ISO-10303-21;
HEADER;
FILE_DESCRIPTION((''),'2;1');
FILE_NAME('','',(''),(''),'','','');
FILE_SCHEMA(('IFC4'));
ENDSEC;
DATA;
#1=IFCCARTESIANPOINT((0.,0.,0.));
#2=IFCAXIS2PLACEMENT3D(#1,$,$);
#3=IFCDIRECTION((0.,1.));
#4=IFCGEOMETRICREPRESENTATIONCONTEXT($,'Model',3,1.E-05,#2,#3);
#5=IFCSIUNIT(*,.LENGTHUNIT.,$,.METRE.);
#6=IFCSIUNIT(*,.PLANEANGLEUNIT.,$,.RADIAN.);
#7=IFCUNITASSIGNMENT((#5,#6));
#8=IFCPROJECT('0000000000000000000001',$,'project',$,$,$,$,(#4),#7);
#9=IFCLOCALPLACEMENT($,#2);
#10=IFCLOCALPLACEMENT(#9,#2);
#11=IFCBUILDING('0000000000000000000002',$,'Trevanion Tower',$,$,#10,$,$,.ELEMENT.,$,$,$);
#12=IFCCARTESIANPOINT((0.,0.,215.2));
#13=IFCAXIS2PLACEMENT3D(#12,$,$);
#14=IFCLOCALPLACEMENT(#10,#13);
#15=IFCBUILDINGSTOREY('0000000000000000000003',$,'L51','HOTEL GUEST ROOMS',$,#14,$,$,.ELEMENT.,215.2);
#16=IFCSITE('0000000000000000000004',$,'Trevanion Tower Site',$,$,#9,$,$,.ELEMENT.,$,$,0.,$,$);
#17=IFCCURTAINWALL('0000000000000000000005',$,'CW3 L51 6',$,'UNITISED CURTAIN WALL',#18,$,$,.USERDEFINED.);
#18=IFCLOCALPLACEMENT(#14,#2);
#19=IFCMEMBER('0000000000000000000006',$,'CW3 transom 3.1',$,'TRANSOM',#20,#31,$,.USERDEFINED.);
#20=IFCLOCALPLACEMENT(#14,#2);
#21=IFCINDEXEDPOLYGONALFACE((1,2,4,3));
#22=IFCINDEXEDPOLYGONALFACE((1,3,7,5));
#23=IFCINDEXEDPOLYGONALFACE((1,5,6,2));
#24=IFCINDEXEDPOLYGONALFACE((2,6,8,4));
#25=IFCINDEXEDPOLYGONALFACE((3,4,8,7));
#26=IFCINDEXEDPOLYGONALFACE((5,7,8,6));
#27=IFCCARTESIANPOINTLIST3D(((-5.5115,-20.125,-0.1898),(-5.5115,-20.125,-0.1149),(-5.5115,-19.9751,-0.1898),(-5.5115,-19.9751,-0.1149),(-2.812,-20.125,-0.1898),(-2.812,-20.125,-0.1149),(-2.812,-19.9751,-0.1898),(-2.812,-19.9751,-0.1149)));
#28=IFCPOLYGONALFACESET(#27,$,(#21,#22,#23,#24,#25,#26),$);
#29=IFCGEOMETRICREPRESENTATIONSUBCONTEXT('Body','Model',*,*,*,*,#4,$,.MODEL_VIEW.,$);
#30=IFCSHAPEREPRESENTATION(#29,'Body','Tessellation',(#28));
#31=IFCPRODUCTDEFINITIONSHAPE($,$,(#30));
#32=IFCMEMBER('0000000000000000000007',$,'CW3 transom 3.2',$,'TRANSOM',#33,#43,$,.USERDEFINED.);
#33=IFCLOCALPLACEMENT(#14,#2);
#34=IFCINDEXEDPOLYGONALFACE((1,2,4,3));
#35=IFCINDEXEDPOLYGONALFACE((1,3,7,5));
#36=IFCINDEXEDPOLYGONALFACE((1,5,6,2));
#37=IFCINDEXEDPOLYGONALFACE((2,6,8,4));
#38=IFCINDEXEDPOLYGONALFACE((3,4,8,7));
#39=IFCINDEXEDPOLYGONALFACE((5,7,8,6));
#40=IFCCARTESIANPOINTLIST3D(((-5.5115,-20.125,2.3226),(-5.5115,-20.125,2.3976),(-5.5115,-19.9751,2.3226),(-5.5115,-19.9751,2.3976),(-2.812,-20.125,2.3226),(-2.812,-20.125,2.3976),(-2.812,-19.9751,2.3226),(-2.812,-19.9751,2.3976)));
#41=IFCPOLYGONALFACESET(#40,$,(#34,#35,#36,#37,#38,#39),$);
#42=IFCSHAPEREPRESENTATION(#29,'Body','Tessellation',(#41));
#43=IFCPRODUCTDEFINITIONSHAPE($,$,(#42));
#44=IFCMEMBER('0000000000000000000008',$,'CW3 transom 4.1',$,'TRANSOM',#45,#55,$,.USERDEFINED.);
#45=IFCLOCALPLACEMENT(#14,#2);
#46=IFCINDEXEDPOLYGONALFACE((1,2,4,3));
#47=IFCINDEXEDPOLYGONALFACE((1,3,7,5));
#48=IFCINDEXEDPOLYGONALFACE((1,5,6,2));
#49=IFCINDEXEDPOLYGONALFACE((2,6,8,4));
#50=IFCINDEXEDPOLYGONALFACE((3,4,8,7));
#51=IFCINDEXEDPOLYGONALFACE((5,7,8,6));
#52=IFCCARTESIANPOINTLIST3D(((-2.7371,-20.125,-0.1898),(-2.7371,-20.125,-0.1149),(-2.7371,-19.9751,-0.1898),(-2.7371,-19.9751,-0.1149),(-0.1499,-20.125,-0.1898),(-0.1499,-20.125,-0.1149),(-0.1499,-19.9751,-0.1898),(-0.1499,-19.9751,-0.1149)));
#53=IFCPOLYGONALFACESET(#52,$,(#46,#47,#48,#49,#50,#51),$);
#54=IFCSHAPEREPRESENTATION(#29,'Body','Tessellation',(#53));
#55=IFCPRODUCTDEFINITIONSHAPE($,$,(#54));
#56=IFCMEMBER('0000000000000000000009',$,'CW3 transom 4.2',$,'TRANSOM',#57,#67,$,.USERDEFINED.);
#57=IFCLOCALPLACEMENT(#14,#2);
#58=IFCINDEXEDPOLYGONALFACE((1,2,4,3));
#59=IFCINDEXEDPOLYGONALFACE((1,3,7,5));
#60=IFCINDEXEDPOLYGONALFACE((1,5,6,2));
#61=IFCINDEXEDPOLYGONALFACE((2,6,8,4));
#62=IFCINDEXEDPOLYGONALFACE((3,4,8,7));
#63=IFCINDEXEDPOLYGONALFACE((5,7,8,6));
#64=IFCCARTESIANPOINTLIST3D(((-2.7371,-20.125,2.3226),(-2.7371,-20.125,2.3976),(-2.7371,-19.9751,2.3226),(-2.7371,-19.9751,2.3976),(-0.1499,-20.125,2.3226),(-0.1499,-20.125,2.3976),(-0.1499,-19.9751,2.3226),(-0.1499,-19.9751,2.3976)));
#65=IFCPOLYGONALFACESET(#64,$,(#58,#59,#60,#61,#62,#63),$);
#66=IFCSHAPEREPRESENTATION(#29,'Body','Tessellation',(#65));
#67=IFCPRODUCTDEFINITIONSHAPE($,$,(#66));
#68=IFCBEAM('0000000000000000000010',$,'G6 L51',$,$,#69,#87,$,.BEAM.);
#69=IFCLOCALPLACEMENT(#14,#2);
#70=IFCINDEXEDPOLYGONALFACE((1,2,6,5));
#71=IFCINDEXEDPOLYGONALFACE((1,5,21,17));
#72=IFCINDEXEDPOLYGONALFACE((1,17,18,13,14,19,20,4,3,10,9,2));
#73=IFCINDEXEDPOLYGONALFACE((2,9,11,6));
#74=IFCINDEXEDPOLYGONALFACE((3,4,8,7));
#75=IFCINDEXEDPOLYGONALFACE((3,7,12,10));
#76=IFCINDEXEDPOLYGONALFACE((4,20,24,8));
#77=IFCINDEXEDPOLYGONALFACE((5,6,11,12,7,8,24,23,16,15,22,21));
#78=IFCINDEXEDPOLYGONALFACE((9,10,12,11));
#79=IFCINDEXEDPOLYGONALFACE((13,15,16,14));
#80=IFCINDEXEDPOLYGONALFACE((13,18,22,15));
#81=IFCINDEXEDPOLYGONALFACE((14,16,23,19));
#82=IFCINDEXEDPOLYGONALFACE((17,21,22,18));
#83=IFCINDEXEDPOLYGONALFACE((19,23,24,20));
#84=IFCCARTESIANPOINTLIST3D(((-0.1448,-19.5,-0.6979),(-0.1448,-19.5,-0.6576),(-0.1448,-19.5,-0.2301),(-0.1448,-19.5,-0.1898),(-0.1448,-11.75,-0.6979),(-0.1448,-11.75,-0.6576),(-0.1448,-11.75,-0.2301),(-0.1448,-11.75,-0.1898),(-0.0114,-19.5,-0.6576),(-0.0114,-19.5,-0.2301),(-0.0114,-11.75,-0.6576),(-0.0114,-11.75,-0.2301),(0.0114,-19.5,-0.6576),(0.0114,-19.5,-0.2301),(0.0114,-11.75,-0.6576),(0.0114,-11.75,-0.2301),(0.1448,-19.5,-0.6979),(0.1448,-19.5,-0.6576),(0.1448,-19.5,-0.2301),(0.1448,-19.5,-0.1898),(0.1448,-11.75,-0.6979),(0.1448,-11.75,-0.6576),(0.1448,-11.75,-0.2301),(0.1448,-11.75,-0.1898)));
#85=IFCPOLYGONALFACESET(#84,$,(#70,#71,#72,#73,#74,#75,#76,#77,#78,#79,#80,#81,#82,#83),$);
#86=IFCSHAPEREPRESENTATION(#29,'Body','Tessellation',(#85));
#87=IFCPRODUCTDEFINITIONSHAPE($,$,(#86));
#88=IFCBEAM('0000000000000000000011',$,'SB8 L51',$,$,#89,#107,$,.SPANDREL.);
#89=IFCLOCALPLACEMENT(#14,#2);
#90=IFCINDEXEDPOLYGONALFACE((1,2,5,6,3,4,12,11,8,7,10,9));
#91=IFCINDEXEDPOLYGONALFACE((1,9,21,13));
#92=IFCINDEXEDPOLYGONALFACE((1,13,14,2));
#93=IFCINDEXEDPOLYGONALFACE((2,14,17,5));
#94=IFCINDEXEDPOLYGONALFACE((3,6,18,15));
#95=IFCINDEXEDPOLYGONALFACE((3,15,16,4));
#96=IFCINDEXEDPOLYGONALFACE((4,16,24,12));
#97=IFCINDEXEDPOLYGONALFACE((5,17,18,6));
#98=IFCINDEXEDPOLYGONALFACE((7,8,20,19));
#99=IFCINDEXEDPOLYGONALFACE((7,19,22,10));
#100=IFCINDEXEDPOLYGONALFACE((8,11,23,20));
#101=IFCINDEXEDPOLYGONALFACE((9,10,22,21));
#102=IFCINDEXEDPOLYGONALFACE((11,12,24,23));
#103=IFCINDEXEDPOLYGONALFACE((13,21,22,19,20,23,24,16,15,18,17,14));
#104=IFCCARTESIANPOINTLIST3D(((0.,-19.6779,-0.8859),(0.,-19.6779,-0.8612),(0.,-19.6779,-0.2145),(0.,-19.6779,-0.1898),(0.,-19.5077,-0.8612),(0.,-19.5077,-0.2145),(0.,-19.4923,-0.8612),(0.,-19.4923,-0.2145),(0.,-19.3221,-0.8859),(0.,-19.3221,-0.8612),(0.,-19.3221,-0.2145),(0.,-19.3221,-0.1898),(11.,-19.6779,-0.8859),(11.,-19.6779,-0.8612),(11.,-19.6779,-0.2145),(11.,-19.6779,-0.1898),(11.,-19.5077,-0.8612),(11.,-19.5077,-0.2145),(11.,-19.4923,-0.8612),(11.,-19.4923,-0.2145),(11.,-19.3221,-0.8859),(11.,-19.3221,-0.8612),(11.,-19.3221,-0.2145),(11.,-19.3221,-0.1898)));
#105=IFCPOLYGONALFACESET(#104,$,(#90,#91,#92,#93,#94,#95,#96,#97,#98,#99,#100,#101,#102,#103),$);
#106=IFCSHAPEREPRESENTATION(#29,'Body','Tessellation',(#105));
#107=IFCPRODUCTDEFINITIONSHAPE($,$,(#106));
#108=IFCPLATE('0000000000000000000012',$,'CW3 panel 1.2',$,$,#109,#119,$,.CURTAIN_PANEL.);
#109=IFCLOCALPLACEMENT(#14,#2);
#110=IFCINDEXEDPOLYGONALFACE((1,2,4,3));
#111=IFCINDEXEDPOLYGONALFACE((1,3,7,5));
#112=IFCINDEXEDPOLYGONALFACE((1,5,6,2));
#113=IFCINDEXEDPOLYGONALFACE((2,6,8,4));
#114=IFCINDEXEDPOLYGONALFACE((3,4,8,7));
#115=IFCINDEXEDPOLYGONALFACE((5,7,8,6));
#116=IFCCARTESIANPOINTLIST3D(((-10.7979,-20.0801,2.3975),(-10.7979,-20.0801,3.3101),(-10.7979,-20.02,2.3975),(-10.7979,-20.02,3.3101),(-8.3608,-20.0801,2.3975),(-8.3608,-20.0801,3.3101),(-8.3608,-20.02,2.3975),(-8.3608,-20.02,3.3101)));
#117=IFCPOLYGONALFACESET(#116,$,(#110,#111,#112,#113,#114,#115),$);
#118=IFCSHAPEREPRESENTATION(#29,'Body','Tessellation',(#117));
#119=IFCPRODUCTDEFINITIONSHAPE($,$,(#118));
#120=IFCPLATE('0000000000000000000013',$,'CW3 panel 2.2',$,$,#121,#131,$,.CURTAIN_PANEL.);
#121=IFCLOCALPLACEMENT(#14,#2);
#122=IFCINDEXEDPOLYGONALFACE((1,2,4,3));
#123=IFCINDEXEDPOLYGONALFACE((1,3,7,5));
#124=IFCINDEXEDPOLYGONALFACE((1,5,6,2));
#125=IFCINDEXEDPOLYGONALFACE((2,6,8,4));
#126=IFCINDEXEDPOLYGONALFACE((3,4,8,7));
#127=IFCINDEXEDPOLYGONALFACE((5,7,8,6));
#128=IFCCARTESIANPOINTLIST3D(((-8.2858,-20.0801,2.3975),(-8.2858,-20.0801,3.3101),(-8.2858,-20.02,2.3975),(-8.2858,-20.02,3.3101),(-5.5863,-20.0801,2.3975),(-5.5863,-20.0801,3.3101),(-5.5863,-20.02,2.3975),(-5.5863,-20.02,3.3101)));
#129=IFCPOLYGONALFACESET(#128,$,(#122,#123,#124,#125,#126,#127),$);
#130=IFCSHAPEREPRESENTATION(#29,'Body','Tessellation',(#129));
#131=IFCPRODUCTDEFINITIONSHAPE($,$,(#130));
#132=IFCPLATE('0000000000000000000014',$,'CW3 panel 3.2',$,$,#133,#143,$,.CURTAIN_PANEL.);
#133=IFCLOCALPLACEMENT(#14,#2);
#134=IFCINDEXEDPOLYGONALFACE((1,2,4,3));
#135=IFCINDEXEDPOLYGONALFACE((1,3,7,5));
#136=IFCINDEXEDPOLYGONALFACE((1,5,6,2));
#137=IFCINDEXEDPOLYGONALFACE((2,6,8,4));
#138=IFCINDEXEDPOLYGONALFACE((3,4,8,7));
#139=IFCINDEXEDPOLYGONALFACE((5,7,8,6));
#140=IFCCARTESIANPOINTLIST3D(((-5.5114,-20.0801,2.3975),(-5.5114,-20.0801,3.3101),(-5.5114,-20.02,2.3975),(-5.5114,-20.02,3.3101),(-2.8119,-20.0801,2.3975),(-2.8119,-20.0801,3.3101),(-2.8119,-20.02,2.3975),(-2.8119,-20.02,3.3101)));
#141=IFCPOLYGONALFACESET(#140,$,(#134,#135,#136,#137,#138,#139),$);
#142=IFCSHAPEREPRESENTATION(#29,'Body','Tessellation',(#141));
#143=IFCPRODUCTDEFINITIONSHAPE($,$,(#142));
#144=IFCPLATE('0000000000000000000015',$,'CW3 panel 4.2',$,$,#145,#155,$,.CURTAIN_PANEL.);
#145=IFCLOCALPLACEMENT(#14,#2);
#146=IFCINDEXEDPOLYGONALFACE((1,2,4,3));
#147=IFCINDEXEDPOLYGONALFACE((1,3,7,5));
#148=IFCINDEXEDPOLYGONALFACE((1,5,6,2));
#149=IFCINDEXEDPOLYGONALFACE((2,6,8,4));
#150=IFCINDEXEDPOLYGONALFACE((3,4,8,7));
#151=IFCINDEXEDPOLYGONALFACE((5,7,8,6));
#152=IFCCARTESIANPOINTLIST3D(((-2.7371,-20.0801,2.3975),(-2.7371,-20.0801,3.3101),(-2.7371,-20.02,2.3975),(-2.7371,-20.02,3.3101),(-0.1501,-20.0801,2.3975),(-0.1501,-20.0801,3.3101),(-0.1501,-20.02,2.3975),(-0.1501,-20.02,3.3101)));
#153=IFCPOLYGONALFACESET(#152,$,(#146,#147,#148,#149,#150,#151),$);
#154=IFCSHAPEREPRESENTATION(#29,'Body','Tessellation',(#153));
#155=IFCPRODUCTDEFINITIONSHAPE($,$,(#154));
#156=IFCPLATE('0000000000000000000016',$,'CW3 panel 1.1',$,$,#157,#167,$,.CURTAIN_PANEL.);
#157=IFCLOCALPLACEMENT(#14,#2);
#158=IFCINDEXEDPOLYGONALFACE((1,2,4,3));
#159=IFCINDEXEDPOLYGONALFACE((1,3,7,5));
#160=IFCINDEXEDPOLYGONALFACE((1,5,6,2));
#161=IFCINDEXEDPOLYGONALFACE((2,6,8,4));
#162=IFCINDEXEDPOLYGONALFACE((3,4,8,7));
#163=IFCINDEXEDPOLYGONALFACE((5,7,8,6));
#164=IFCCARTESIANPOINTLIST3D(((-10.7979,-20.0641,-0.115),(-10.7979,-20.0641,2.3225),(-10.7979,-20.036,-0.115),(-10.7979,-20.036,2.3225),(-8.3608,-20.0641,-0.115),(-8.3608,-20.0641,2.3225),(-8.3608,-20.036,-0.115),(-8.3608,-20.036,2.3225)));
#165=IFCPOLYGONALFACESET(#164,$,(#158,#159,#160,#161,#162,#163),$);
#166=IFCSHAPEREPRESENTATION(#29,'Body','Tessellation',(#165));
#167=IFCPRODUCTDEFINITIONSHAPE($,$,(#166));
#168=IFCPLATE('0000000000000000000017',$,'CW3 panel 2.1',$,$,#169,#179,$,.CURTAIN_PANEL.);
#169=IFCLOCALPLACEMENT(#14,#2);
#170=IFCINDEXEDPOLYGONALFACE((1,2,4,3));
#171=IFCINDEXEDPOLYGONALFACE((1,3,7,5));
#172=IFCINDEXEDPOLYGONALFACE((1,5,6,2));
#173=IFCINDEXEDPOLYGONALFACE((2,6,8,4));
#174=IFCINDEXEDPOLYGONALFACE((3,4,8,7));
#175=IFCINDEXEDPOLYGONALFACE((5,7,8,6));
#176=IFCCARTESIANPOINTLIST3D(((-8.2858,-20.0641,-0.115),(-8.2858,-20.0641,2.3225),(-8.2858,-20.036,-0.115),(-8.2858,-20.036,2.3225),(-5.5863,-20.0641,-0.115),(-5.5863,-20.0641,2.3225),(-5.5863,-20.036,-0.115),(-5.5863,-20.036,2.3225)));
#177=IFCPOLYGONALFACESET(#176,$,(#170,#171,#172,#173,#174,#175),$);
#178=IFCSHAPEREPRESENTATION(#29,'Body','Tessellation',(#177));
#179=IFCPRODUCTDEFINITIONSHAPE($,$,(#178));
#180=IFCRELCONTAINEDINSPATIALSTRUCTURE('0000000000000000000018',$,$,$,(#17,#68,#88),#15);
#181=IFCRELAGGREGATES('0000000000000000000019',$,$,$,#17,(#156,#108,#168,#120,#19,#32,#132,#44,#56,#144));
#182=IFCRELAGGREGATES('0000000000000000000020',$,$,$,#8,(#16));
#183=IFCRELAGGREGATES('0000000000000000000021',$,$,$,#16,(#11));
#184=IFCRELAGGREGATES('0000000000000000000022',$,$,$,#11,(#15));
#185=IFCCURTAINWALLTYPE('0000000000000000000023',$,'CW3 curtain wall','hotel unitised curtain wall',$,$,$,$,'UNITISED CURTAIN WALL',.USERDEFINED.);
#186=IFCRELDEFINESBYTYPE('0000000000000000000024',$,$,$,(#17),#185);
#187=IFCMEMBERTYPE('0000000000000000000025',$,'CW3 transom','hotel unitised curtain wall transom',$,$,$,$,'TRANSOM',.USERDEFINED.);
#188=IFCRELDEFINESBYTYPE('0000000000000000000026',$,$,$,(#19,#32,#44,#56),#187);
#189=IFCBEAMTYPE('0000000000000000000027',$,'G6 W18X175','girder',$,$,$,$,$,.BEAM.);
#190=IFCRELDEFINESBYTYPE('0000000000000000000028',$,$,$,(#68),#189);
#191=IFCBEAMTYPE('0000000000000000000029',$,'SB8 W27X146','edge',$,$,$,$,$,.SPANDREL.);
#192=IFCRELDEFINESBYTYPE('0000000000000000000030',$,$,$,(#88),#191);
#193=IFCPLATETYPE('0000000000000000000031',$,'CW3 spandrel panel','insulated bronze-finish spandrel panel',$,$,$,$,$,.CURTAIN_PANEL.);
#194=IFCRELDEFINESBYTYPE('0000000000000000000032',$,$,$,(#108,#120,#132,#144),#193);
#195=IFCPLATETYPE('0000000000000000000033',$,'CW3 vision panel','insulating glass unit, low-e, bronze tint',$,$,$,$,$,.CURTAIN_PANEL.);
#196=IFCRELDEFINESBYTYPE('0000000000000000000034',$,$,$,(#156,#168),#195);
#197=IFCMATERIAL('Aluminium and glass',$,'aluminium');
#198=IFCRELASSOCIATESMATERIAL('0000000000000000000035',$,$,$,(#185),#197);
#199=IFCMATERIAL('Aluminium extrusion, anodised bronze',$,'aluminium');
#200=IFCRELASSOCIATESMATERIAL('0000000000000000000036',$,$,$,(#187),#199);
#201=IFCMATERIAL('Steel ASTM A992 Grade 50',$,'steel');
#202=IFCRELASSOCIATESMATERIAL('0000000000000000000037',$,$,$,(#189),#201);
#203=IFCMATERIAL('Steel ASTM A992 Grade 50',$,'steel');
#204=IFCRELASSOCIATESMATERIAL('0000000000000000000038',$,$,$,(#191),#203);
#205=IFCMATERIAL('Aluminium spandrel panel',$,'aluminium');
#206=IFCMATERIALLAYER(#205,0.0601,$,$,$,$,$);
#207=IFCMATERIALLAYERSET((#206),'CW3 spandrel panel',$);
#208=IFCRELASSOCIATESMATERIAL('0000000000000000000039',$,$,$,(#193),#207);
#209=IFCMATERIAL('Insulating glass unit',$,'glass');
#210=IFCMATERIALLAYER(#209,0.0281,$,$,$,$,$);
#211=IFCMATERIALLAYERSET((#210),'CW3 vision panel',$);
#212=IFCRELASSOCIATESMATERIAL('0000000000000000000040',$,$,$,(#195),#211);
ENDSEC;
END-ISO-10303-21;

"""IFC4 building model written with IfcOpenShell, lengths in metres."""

from ifc_helpers import new_model, si_unit, direction, frame, origin, origin_2d, place, context, subcontext, project, spatial, rectangle, i_section, extrude, material, layer, layer_set, material_profile, profile_set, type_object, element, aggregate, save


model = new_model("IFC4")

# Units and contexts
model_context = context("Model", 3, precision=1e-05, world=origin(), true_north=direction((0.0, 1.0)))
body_context = subcontext(model_context, "Body", "Model", "MODEL_VIEW")
ifc_project = project(units=[si_unit("LENGTHUNIT", "METRE"), si_unit("PLANEANGLEUNIT", "RADIAN")], contexts=[model_context])

# Site, building, storey
site_placement = place(None, origin())
site = spatial("IfcSite", under=ifc_project, at=site_placement, Name="Trevanion Tower Site", CompositionType="ELEMENT", RefElevation=0.0)
building_placement = place(site_placement, origin())
building = spatial("IfcBuilding", under=site, at=building_placement, Name="Trevanion Tower", CompositionType="ELEMENT")
storey_placement = place(building_placement, frame((0.0, 0.0, 215.2)))
storey = spatial("IfcBuildingStorey", under=building, at=storey_placement, Name="L51", Description="HOTEL GUEST ROOMS", CompositionType="ELEMENT", Elevation=215.2)

# Curtain wall, members
ifc_material_1 = material(Name="Aluminium and glass", Category="aluminium")
curtain_wall_type = type_object("IfcCurtainWallType", Name="CW3 curtain wall", Description="hotel unitised curtain wall", ElementType="UNITISED CURTAIN WALL", PredefinedType="USERDEFINED", material=ifc_material_1)
curtain_wall_placement = place(storey_placement, origin())
curtain_wall = element("IfcCurtainWall", 1, at=curtain_wall_placement, inside=storey, type_object=curtain_wall_type, Name="CW3 L51 6", ObjectType="UNITISED CURTAIN WALL", PredefinedType="USERDEFINED")
ifc_material_2 = material(Name="Aluminium extrusion, anodised bronze", Category="aluminium")
ifc_material_profile_1 = material_profile(ifc_material_2, rectangle(XDim=0.1499, YDim=0.075, at=origin_2d()), Name="CW3 transom")
ifc_profile_set_1 = profile_set([ifc_material_profile_1], Name="Aluminium extrusion, anodised bronze")
member_type_1 = type_object("IfcMemberType", Name="CW3 transom", Description="hotel unitised curtain wall transom", ElementType="TRANSOM", PredefinedType="USERDEFINED", material=ifc_profile_set_1)
member_1_placement = place(storey_placement, frame((-5.5115, -20.05, -0.1523), z_axis=(1.0, 0.0, 0.0), x_axis=(0.0, 1.0, 0.0)))
member_1 = element("IfcMember", 2, at=member_1_placement, type_object=member_type_1, Name="CW3 transom 3.1", ObjectType="TRANSOM", PredefinedType="USERDEFINED", context=body_context, shape_type="SweptSolid", body=[
    extrude(rectangle(XDim=0.1499, YDim=0.075, at=origin_2d()), origin(), (0.0, 0.0, 1.0), 2.6995),
])
member_2_placement = place(storey_placement, frame((-5.5115, -20.05, 2.3601), z_axis=(1.0, 0.0, 0.0), x_axis=(0.0, 1.0, 0.0)))
member_2 = element("IfcMember", 3, at=member_2_placement, type_object=member_type_1, Name="CW3 transom 3.2", ObjectType="TRANSOM", PredefinedType="USERDEFINED", context=body_context, shape_type="SweptSolid", body=[
    extrude(rectangle(XDim=0.1499, YDim=0.075, at=origin_2d()), origin(), (0.0, 0.0, 1.0), 2.6995),
])
member_3_placement = place(storey_placement, frame((-2.7371, -20.05, -0.1523), z_axis=(1.0, 0.0, 0.0), x_axis=(0.0, 1.0, 0.0)))
member_3 = element("IfcMember", 4, at=member_3_placement, type_object=member_type_1, Name="CW3 transom 4.1", ObjectType="TRANSOM", PredefinedType="USERDEFINED", context=body_context, shape_type="SweptSolid", body=[
    extrude(rectangle(XDim=0.1499, YDim=0.075, at=origin_2d()), origin(), (0.0, 0.0, 1.0), 2.5872),
])
member_4_placement = place(storey_placement, frame((-2.7371, -20.05, 2.3601), z_axis=(1.0, 0.0, 0.0), x_axis=(0.0, 1.0, 0.0)))
member_4 = element("IfcMember", 5, at=member_4_placement, type_object=member_type_1, Name="CW3 transom 4.2", ObjectType="TRANSOM", PredefinedType="USERDEFINED", context=body_context, shape_type="SweptSolid", body=[
    extrude(rectangle(XDim=0.1499, YDim=0.075, at=origin_2d()), origin(), (0.0, 0.0, 1.0), 2.5872),
])

# Beams
ifc_material_3 = material(Name="Steel ASTM A992 Grade 50", Category="steel")
ifc_material_profile_2 = material_profile(ifc_material_3, i_section(OverallWidth=0.2896, OverallDepth=0.5081, WebThickness=0.0227, FlangeThickness=0.0403, at=origin_2d()), Name="W18X175")
ifc_profile_set_2 = profile_set([ifc_material_profile_2], Name="Steel ASTM A992 Grade 50")
beam_type_1 = type_object("IfcBeamType", Name="G6 W18X175", Description="girder", PredefinedType="BEAM", material=ifc_profile_set_2)
beam_1_placement = place(storey_placement, frame((0.0, -11.75, -0.4438), z_axis=(0.0, -1.0, 0.0), x_axis=(1.0, 0.0, 0.0)))
element("IfcBeam", 6, at=beam_1_placement, inside=storey, type_object=beam_type_1, Name="G6 L51", PredefinedType="BEAM", context=body_context, shape_type="SweptSolid", body=[
    extrude(i_section(OverallWidth=0.2896, OverallDepth=0.5081, WebThickness=0.0227, FlangeThickness=0.0403, at=origin_2d()), origin(), (0.0, 0.0, 1.0), 7.75),
])
ifc_material_4 = material(Name="Steel ASTM A992 Grade 50", Category="steel")
ifc_material_profile_3 = material_profile(ifc_material_4, i_section(OverallWidth=0.3557, OverallDepth=0.696, WebThickness=0.0154, FlangeThickness=0.0247, at=origin_2d()), Name="W27X146")
ifc_profile_set_3 = profile_set([ifc_material_profile_3], Name="Steel ASTM A992 Grade 50")
beam_type_2 = type_object("IfcBeamType", Name="SB8 W27X146", Description="edge", PredefinedType="SPANDREL", material=ifc_profile_set_3)
beam_2_placement = place(storey_placement, frame((0.0, -19.5, -0.5378), z_axis=(1.0, 0.0, 0.0), x_axis=(0.0, 1.0, 0.0)))
element("IfcBeam", 7, at=beam_2_placement, inside=storey, type_object=beam_type_2, Name="SB8 L51", PredefinedType="SPANDREL", context=body_context, shape_type="SweptSolid", body=[
    extrude(i_section(OverallWidth=0.3557, OverallDepth=0.696, WebThickness=0.0154, FlangeThickness=0.0247, at=origin_2d()), origin(), (0.0, 0.0, 1.0), 11.0),
])

# Plates
ifc_material_5 = material(Name="Aluminium spandrel panel", Category="aluminium")
ifc_layer_1 = layer(ifc_material_5, 0.0601)
ifc_layer_set_1 = layer_set([ifc_layer_1], Name="CW3 spandrel panel")
plate_type_1 = type_object("IfcPlateType", Name="CW3 spandrel panel", Description="insulated bronze-finish spandrel panel", PredefinedType="CURTAIN_PANEL", material=ifc_layer_set_1)
plate_1_placement = place(storey_placement, frame((-9.5793, -20.05, 2.3975), z_axis=(0.0, 0.0, 1.0), x_axis=(1.0, 0.0, 0.0)))
plate_1 = element("IfcPlate", 8, at=plate_1_placement, type_object=plate_type_1, Name="CW3 panel 1.2", PredefinedType="CURTAIN_PANEL", context=body_context, shape_type="SweptSolid", body=[
    extrude(rectangle(XDim=2.437, YDim=0.0601, at=origin_2d()), origin(), (0.0, 0.0, 1.0), 0.9126),
])
plate_2_placement = place(storey_placement, frame((-6.936, -20.05, 2.3975), z_axis=(0.0, 0.0, 1.0), x_axis=(1.0, 0.0, 0.0)))
plate_2 = element("IfcPlate", 9, at=plate_2_placement, type_object=plate_type_1, Name="CW3 panel 2.2", PredefinedType="CURTAIN_PANEL", context=body_context, shape_type="SweptSolid", body=[
    extrude(rectangle(XDim=2.6995, YDim=0.0601, at=origin_2d()), origin(), (0.0, 0.0, 1.0), 0.9126),
])
plate_3_placement = place(storey_placement, frame((-4.1616, -20.05, 2.3975), z_axis=(0.0, 0.0, 1.0), x_axis=(1.0, 0.0, 0.0)))
plate_3 = element("IfcPlate", 10, at=plate_3_placement, type_object=plate_type_1, Name="CW3 panel 3.2", PredefinedType="CURTAIN_PANEL", context=body_context, shape_type="SweptSolid", body=[
    extrude(rectangle(XDim=2.6995, YDim=0.0601, at=origin_2d()), origin(), (0.0, 0.0, 1.0), 0.9126),
])
plate_4_placement = place(storey_placement, frame((-1.4436, -20.05, 2.3975), z_axis=(0.0, 0.0, 1.0), x_axis=(1.0, 0.0, 0.0)))
plate_4 = element("IfcPlate", 11, at=plate_4_placement, type_object=plate_type_1, Name="CW3 panel 4.2", PredefinedType="CURTAIN_PANEL", context=body_context, shape_type="SweptSolid", body=[
    extrude(rectangle(XDim=2.5869, YDim=0.0601, at=origin_2d()), origin(), (0.0, 0.0, 1.0), 0.9126),
])
ifc_material_6 = material(Name="Insulating glass unit", Category="glass")
ifc_layer_2 = layer(ifc_material_6, 0.0281)
ifc_layer_set_2 = layer_set([ifc_layer_2], Name="CW3 vision panel")
plate_type_2 = type_object("IfcPlateType", Name="CW3 vision panel", Description="insulating glass unit, low-e, bronze tint", PredefinedType="CURTAIN_PANEL", material=ifc_layer_set_2)
plate_5_placement = place(storey_placement, frame((-9.5793, -20.05, -0.115), z_axis=(0.0, 0.0, 1.0), x_axis=(1.0, 0.0, 0.0)))
plate_5 = element("IfcPlate", 12, at=plate_5_placement, type_object=plate_type_2, Name="CW3 panel 1.1", PredefinedType="CURTAIN_PANEL", context=body_context, shape_type="SweptSolid", body=[
    extrude(rectangle(XDim=2.437, YDim=0.0281, at=origin_2d()), origin(), (0.0, 0.0, 1.0), 2.4375),
])
plate_6_placement = place(storey_placement, frame((-6.936, -20.05, -0.115), z_axis=(0.0, 0.0, 1.0), x_axis=(1.0, 0.0, 0.0)))
plate_6 = element("IfcPlate", 13, at=plate_6_placement, type_object=plate_type_2, Name="CW3 panel 2.1", PredefinedType="CURTAIN_PANEL", context=body_context, shape_type="SweptSolid", body=[
    extrude(rectangle(XDim=2.6995, YDim=0.0281, at=origin_2d()), origin(), (0.0, 0.0, 1.0), 2.4375),
])
aggregate(curtain_wall, [plate_5, plate_1, plate_6, plate_2, member_1, member_2, plate_3, member_3, member_4, plate_4])

save(model, "model.ifc")
